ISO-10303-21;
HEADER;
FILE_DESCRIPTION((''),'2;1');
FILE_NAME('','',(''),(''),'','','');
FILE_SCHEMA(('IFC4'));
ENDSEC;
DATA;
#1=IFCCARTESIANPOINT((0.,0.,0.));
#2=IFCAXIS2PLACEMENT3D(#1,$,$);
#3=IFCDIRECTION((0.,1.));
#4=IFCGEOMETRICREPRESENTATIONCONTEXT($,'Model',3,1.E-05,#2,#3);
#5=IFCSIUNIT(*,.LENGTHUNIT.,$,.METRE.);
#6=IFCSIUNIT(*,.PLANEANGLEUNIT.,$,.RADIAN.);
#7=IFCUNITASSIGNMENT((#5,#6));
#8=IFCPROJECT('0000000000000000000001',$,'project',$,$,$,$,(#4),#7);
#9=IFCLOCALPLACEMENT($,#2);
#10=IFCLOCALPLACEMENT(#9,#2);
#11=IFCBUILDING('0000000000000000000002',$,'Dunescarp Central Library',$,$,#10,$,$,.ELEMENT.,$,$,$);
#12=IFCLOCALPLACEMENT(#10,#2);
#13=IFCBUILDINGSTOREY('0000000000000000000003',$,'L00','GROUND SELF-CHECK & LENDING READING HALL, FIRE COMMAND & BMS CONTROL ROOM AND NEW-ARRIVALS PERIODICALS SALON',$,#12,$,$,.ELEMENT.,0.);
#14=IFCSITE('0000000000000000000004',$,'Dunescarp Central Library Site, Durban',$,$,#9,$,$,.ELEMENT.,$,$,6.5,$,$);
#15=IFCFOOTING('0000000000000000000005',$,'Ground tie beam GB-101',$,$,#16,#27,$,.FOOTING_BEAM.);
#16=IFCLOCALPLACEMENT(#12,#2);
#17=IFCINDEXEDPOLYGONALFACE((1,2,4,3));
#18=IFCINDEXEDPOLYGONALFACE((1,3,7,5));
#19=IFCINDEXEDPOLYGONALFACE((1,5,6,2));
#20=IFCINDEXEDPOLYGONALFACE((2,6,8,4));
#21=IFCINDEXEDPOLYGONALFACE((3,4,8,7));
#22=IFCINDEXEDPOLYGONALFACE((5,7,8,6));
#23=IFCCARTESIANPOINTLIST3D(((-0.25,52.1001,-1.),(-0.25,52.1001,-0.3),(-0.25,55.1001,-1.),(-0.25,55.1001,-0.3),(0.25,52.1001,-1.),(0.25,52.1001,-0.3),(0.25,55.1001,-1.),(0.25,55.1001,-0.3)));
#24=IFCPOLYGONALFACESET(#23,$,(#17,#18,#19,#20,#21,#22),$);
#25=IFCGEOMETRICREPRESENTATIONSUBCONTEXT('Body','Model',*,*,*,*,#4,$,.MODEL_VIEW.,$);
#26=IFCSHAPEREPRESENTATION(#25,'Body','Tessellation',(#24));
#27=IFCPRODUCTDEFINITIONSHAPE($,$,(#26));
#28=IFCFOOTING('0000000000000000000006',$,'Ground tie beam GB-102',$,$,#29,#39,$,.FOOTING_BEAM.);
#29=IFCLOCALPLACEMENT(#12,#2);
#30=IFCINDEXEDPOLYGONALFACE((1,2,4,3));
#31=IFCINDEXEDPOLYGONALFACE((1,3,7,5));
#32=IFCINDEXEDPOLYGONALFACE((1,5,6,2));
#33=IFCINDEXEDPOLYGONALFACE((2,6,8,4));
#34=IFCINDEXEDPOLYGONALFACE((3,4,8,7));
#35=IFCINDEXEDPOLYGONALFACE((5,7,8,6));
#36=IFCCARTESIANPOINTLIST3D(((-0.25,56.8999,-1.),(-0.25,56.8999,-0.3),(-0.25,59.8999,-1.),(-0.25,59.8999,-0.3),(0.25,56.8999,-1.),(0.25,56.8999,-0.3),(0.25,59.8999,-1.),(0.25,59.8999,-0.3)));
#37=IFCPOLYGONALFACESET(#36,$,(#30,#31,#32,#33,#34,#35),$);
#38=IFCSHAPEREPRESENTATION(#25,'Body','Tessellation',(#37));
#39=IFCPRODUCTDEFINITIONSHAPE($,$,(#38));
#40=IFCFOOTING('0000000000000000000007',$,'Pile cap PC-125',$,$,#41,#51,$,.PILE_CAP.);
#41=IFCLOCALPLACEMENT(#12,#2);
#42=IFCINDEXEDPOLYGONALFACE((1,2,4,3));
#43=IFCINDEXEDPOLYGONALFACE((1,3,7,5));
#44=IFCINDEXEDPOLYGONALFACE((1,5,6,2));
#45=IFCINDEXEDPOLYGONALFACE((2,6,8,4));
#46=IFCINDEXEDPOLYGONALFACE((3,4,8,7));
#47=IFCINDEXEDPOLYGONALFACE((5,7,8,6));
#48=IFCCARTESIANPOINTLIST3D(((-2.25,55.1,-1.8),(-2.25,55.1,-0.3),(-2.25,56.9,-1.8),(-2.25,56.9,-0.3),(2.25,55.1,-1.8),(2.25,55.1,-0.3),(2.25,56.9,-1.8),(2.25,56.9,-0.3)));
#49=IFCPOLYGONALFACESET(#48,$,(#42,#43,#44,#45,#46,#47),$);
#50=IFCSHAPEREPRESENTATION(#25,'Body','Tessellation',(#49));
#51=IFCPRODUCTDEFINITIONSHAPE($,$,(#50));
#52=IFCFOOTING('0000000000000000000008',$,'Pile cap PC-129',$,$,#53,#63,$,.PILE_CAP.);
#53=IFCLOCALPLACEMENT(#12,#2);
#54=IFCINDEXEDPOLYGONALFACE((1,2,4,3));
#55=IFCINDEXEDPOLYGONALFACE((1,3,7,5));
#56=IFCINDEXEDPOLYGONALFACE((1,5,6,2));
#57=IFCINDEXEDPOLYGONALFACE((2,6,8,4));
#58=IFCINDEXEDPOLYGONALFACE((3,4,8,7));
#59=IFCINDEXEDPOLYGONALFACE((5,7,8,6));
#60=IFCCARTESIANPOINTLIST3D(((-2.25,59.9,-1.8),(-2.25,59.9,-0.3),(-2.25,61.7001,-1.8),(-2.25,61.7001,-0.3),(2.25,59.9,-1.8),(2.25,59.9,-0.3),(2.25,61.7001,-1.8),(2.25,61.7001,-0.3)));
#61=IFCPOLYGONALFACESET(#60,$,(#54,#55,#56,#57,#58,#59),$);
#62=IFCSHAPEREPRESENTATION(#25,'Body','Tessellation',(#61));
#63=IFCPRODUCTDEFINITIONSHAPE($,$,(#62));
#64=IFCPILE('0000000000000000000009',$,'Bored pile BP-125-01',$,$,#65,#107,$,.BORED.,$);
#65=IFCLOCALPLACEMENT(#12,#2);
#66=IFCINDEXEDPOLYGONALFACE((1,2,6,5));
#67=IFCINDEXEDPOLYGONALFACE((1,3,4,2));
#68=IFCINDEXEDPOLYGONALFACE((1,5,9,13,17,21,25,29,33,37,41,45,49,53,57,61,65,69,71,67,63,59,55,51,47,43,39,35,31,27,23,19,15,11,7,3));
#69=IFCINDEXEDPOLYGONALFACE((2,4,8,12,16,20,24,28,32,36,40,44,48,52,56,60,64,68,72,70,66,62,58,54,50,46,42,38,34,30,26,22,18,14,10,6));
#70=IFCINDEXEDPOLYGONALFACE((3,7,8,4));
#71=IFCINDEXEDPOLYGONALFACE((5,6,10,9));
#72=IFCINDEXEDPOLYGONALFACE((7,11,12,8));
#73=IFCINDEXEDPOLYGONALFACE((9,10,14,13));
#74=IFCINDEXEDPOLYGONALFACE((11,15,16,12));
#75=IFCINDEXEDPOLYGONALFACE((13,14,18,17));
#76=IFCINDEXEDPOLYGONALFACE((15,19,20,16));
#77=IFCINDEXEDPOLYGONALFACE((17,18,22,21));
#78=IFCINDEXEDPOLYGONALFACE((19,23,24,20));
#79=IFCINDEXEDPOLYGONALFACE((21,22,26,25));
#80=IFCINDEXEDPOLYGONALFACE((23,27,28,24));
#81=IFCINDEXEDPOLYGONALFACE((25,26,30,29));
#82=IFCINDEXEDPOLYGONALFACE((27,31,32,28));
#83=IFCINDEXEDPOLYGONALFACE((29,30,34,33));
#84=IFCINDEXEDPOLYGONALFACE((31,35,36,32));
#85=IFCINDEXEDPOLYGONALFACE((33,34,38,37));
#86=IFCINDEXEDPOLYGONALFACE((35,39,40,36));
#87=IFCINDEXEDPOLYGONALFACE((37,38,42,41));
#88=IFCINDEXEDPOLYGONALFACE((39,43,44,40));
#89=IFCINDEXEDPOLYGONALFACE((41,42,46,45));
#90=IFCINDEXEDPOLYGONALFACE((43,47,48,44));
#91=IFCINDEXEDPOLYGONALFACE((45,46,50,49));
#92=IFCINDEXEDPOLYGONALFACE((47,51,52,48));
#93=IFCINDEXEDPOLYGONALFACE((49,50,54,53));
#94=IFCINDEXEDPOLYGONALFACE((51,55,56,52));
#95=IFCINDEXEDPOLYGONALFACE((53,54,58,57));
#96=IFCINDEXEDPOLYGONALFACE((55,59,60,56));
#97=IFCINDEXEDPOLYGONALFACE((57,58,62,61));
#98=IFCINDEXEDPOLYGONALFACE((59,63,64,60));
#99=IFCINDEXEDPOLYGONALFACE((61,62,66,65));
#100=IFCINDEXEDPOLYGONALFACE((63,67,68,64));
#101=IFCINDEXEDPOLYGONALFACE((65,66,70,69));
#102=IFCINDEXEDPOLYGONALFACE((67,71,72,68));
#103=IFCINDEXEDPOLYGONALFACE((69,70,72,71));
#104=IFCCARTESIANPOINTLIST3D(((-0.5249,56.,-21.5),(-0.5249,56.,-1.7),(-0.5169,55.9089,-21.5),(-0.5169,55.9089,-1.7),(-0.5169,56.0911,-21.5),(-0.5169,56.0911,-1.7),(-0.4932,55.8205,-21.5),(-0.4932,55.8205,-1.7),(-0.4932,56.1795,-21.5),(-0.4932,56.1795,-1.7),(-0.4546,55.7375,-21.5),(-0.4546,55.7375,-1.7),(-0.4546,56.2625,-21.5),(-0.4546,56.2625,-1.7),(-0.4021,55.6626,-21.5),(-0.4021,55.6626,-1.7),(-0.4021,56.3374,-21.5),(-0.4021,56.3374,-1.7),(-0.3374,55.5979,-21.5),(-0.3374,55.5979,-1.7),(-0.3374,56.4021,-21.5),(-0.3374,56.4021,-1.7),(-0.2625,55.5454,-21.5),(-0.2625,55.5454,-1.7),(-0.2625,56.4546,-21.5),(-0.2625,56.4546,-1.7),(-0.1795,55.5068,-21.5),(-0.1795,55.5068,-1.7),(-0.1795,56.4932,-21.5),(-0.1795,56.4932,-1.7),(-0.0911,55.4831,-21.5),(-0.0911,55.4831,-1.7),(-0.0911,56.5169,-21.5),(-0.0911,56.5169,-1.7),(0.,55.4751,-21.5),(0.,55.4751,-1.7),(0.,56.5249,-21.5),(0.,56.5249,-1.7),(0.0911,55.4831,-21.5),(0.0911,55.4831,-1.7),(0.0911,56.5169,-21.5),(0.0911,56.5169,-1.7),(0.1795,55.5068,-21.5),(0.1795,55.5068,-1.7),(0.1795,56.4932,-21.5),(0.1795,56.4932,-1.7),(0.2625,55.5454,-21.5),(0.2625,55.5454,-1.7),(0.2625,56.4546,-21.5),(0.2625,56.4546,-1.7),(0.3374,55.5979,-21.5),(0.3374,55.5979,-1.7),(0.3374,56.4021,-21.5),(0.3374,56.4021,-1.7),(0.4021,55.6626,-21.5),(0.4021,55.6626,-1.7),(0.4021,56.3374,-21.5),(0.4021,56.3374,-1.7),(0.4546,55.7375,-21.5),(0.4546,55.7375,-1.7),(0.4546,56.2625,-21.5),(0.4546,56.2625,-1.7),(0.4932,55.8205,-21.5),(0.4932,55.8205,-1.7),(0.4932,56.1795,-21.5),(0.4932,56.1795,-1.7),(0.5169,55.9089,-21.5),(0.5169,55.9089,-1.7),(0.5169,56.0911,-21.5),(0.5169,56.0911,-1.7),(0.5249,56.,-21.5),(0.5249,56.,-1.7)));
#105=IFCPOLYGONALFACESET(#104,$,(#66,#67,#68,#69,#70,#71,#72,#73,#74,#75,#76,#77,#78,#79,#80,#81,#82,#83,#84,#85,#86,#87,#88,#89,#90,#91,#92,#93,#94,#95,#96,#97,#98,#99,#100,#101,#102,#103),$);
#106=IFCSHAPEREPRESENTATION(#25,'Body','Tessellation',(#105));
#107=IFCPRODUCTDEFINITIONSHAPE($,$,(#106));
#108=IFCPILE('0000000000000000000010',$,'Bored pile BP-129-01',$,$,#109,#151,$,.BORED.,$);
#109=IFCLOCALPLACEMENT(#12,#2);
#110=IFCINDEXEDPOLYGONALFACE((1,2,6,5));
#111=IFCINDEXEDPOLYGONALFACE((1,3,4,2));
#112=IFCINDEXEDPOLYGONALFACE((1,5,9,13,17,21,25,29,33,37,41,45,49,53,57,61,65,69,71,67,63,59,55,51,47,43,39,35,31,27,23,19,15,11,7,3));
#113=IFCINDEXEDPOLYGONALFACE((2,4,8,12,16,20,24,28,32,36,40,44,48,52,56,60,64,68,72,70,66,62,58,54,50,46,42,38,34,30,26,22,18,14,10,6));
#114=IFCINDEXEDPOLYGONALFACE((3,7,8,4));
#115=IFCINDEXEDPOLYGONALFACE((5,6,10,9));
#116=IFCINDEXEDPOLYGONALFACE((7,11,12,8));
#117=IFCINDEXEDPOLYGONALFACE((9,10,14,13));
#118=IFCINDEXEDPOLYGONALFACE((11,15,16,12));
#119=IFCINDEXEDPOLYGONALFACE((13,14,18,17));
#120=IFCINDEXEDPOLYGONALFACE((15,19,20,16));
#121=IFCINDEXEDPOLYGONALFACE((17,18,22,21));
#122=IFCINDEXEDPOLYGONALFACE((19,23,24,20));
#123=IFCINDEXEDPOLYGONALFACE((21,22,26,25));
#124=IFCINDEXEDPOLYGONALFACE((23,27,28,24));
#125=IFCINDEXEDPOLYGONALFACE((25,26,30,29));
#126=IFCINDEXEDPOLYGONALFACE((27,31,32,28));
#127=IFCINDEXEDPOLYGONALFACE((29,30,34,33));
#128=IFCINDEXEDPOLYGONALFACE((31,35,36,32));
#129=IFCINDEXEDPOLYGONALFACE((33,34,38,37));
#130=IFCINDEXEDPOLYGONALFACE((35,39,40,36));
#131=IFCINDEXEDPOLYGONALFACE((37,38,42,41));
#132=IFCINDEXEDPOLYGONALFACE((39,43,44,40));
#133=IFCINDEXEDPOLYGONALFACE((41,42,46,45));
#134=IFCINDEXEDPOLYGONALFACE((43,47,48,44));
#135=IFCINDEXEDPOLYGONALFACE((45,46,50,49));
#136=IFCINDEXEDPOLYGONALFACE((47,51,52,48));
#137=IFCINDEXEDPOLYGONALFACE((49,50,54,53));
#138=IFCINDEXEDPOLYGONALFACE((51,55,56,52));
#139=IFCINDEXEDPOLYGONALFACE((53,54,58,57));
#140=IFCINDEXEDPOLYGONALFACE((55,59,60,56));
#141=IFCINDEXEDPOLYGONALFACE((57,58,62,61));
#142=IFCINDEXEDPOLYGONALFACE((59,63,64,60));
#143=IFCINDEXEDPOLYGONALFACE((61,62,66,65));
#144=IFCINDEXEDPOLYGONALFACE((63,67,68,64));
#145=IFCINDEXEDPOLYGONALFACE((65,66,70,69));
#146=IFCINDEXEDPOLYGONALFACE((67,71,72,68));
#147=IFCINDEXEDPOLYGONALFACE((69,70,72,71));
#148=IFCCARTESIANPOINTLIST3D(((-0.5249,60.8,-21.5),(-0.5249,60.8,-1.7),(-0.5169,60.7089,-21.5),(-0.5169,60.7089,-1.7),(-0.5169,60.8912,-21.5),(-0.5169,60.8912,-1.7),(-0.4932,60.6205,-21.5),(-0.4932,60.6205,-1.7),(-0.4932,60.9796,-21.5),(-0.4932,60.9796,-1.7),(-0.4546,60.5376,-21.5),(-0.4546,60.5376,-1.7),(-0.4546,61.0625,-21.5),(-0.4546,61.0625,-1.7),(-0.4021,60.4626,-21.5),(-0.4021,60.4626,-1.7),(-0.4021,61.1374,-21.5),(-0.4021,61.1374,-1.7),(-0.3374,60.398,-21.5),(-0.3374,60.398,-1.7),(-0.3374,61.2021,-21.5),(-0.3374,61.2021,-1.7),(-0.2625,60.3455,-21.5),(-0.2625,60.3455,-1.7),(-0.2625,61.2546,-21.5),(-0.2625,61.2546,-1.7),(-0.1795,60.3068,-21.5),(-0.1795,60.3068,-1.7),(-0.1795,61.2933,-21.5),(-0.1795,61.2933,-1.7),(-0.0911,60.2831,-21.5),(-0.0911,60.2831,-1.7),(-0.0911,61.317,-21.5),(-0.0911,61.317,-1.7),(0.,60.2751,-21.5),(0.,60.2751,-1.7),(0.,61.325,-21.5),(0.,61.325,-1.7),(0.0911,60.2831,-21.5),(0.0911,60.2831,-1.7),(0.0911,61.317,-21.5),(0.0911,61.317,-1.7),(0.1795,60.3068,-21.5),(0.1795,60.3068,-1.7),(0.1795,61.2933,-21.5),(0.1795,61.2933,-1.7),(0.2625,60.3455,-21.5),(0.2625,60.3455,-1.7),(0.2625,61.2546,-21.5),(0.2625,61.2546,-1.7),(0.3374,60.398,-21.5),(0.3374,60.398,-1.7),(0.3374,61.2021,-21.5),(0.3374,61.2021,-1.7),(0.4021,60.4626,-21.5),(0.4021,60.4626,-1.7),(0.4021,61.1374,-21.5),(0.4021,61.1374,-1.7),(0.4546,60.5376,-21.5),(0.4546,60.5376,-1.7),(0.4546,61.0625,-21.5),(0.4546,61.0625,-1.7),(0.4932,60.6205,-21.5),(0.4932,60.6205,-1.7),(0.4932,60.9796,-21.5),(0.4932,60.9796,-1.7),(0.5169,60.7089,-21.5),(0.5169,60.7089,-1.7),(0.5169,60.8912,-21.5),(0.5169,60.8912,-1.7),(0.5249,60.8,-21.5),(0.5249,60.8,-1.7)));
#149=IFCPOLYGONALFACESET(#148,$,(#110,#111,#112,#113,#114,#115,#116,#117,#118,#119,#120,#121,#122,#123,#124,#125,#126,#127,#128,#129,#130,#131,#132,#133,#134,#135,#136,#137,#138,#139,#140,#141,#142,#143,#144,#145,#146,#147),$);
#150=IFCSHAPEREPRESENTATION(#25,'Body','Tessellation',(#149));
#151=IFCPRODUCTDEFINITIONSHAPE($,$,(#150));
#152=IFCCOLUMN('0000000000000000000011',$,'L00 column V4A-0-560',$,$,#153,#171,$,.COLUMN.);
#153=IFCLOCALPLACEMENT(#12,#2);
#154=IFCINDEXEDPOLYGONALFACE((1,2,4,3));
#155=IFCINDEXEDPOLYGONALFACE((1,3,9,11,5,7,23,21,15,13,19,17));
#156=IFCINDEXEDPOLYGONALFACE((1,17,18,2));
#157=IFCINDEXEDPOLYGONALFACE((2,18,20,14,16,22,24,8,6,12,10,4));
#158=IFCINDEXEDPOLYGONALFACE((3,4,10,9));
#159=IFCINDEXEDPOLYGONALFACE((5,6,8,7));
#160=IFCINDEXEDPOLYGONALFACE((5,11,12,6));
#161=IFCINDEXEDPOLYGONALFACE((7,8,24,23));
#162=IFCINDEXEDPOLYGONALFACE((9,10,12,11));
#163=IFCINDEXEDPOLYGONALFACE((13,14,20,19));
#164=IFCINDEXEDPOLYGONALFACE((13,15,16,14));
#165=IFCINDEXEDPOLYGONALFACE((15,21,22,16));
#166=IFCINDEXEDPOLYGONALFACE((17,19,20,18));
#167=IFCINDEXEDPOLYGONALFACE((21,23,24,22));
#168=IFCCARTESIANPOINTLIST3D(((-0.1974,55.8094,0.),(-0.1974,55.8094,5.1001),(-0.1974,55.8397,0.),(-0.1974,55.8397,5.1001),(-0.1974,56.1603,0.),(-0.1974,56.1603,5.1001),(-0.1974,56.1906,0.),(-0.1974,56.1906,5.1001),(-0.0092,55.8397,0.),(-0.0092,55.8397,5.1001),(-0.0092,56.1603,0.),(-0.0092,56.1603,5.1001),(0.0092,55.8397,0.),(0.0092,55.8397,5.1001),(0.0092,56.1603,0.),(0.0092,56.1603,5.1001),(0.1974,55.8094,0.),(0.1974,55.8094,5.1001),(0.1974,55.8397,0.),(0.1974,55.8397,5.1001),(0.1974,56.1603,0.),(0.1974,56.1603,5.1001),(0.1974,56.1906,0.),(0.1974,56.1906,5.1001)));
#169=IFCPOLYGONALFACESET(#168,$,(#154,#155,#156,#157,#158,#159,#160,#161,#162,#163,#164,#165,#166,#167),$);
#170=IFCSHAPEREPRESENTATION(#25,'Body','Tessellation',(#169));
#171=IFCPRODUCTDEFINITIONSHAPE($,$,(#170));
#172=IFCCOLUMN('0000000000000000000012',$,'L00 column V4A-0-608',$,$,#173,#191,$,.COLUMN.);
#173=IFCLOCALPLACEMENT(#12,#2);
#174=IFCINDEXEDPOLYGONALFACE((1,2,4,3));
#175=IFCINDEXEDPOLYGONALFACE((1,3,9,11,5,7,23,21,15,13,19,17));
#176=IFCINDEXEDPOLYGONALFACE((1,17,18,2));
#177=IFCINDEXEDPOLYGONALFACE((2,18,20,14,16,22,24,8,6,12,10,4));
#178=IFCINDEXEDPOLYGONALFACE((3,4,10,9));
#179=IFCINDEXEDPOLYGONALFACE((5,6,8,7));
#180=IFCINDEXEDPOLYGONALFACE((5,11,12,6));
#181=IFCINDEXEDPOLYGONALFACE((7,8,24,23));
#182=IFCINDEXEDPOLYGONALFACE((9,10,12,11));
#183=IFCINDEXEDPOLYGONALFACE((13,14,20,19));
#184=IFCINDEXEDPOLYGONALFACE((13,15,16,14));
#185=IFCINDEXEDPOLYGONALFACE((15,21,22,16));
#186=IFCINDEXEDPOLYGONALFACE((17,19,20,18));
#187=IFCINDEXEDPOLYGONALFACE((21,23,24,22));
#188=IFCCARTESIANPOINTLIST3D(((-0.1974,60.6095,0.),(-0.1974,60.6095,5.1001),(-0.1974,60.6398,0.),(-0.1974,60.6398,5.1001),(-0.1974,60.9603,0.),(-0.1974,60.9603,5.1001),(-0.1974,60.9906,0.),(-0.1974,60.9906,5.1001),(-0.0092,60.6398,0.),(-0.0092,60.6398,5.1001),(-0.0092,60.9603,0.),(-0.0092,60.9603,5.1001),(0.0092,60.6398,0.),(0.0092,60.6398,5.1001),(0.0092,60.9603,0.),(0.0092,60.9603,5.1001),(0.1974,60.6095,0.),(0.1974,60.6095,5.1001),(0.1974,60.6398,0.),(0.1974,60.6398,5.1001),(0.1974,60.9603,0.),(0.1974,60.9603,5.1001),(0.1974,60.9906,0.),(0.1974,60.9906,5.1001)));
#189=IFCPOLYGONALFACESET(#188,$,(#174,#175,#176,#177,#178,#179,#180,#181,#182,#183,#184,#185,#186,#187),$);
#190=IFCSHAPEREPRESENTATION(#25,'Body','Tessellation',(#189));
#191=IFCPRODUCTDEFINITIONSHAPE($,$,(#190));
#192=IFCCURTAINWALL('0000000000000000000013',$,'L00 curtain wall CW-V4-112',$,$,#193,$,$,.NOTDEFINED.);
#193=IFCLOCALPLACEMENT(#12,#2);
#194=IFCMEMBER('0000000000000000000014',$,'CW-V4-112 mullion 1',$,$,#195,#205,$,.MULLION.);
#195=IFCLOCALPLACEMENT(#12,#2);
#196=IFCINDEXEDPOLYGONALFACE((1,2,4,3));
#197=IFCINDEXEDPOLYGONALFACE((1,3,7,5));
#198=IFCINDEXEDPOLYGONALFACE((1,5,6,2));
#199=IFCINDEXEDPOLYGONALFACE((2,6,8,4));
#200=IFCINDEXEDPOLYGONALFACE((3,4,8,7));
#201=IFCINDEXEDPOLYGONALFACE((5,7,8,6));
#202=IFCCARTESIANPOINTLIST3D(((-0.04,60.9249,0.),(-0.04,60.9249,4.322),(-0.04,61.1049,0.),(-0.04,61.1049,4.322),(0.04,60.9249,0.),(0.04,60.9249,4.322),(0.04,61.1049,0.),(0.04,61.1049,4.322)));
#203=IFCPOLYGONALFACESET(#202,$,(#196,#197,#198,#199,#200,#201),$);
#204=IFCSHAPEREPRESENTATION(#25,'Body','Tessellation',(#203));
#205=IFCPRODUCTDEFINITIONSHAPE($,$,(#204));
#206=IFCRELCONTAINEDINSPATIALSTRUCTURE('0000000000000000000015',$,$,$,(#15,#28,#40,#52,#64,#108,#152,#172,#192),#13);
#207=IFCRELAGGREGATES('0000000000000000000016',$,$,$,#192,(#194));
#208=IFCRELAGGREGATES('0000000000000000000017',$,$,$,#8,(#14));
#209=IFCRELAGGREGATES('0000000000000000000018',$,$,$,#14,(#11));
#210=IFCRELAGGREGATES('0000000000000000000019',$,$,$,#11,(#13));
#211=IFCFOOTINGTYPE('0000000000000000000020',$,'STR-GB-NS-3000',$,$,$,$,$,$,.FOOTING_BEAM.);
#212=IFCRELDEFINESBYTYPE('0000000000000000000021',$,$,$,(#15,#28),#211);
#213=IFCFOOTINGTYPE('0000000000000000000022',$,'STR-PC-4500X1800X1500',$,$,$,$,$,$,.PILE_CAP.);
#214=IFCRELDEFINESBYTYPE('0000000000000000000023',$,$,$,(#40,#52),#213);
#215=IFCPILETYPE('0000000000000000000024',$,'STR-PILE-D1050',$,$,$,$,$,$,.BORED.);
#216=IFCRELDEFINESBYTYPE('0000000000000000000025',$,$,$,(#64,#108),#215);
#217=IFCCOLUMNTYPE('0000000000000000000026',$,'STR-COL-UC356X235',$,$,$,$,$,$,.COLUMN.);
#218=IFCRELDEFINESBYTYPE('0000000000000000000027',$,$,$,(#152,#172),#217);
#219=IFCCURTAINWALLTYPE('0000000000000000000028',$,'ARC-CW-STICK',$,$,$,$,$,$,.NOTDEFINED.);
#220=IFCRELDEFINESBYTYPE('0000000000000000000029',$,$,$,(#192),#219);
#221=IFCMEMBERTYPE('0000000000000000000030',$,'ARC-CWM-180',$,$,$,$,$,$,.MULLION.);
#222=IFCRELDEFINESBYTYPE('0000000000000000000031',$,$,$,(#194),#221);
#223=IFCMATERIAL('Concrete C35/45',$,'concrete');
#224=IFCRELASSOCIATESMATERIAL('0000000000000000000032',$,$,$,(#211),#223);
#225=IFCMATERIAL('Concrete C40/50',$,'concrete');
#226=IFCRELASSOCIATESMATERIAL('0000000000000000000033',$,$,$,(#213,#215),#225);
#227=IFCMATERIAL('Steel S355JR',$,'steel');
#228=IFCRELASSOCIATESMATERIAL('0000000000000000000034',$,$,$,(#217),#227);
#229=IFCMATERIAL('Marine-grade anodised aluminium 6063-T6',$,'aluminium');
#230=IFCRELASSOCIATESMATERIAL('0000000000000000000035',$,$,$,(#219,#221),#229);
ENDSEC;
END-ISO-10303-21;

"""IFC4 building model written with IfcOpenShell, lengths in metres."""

from ifc_helpers import new_model, si_unit, direction, frame, origin, origin_2d, place, context, subcontext, project, spatial, rectangle, circle, i_section, extrude, material, material_profile, profile_set, type_object, element, aggregate, save


model = new_model("IFC4")

# Units and contexts
model_context = context("Model", 3, precision=1e-05, world=origin(), true_north=direction((0.0, 1.0)))
body_context = subcontext(model_context, "Body", "Model", "MODEL_VIEW")
ifc_project = project(units=[si_unit("LENGTHUNIT", "METRE"), si_unit("PLANEANGLEUNIT", "RADIAN")], contexts=[model_context])

# Site, building, storey
site_placement = place(None, origin())
site = spatial("IfcSite", under=ifc_project, at=site_placement, Name="Dunescarp Central Library Site, Durban", CompositionType="ELEMENT", RefElevation=6.5)
building_placement = place(site_placement, origin())
building = spatial("IfcBuilding", under=site, at=building_placement, Name="Dunescarp Central Library", CompositionType="ELEMENT")
storey_placement = place(building_placement, origin())
storey = spatial("IfcBuildingStorey", under=building, at=storey_placement, Name="L00", Description="GROUND SELF-CHECK & LENDING READING HALL, FIRE COMMAND & BMS CONTROL ROOM AND NEW-ARRIVALS PERIODICALS SALON", CompositionType="ELEMENT", Elevation=0.0)

# Footings
ifc_material_1 = material(Name="Concrete C35/45", Category="concrete")
footing_type_1 = type_object("IfcFootingType", Name="STR-GB-NS-3000", PredefinedType="FOOTING_BEAM", material=ifc_material_1)
for number, where, z_axis, x_axis, name in (
    (1, (0.0, 53.6001, -1.0), (0.0, 0.0, 1.0), (0.0, 1.0, 0.0), "Ground tie beam GB-101"),
    (2, (0.0, 58.3999, -1.0), (0.0, 0.0, 1.0), (0.0, 1.0, 0.0), "Ground tie beam GB-102"),
):
    element("IfcFooting", number, at=place(storey_placement, frame(where, z_axis=z_axis, x_axis=x_axis)), inside=storey, type_object=footing_type_1, Name=name, PredefinedType="FOOTING_BEAM", context=body_context, shape_type="SweptSolid", body=[
        extrude(rectangle(XDim=3.0, YDim=0.5, at=origin_2d()), origin(), (0.0, 0.0, 1.0), 0.7),
    ])
ifc_material_2 = material(Name="Concrete C40/50", Category="concrete")
footing_type_2 = type_object("IfcFootingType", Name="STR-PC-4500X1800X1500", PredefinedType="PILE_CAP", material=ifc_material_2)
for number, where, z_axis, x_axis, name in (
    (3, (0.0, 56.0, -1.8), (0.0, 0.0, 1.0), (1.0, 0.0, 0.0), "Pile cap PC-125"),
    (4, (0.0, 60.8, -1.8), (0.0, 0.0, 1.0), (1.0, 0.0, 0.0), "Pile cap PC-129"),
):
    element("IfcFooting", number, at=place(storey_placement, frame(where, z_axis=z_axis, x_axis=x_axis)), inside=storey, type_object=footing_type_2, Name=name, PredefinedType="PILE_CAP", context=body_context, shape_type="SweptSolid", body=[
        extrude(rectangle(XDim=4.5, YDim=1.8, at=origin_2d()), origin(), (0.0, 0.0, 1.0), 1.5),
    ])

# Piles
ifc_material_profile_1 = material_profile(ifc_material_2, circle(Radius=0.5249, at=origin_2d()), Name="PILE D1050")
ifc_profile_set_1 = profile_set([ifc_material_profile_1], Name="Concrete C40/50")
pile_type = type_object("IfcPileType", Name="STR-PILE-D1050", PredefinedType="BORED", material=ifc_profile_set_1)
for number, where, z_axis, x_axis, name in (
    (5, (0.0, 56.0, -1.7), (0.0, 0.0, -1.0), (1.0, 0.0, 0.0), "Bored pile BP-125-01"),
    (6, (0.0, 60.8, -1.7), (0.0, 0.0, -1.0), (1.0, 0.0, 0.0), "Bored pile BP-129-01"),
):
    element("IfcPile", number, at=place(storey_placement, frame(where, z_axis=z_axis, x_axis=x_axis)), inside=storey, type_object=pile_type, Name=name, PredefinedType="BORED", context=body_context, shape_type="SweptSolid", body=[
        extrude(circle(Radius=0.5249, at=origin_2d()), origin(), (0.0, 0.0, 1.0), 19.8),
    ])

# Columns
ifc_material_3 = material(Name="Steel S355JR", Category="steel")
ifc_material_profile_2 = material_profile(ifc_material_3, i_section(OverallWidth=0.3948, OverallDepth=0.3811, WebThickness=0.0183, FlangeThickness=0.0303, at=origin_2d()), Name="UC 356x406x235")
ifc_profile_set_2 = profile_set([ifc_material_profile_2], Name="Steel S355JR")
column_type = type_object("IfcColumnType", Name="STR-COL-UC356X235", PredefinedType="COLUMN", material=ifc_profile_set_2)
for number, where, z_axis, x_axis, name in (
    (7, (0.0, 56.0, 0.0), (0.0, 0.0, 1.0), (1.0, 0.0, 0.0), "L00 column V4A-0-560"),
    (8, (0.0, 60.8, 0.0), (0.0, 0.0, 1.0), (1.0, 0.0, 0.0), "L00 column V4A-0-608"),
):
    element("IfcColumn", number, at=place(storey_placement, frame(where, z_axis=z_axis, x_axis=x_axis)), inside=storey, type_object=column_type, Name=name, PredefinedType="COLUMN", context=body_context, shape_type="SweptSolid", body=[
        extrude(i_section(OverallWidth=0.3948, OverallDepth=0.3811, WebThickness=0.0183, FlangeThickness=0.0303, at=origin_2d()), origin(), (0.0, 0.0, 1.0), 5.1001),
    ])

# Curtain wall, member
ifc_material_4 = material(Name="Marine-grade anodised aluminium 6063-T6", Category="aluminium")
curtain_wall_type = type_object("IfcCurtainWallType", Name="ARC-CW-STICK", PredefinedType="NOTDEFINED", material=ifc_material_4)
curtain_wall_placement = place(storey_placement, origin())
curtain_wall = element("IfcCurtainWall", 9, at=curtain_wall_placement, inside=storey, type_object=curtain_wall_type, Name="L00 curtain wall CW-V4-112", PredefinedType="NOTDEFINED")
ifc_material_profile_3 = material_profile(ifc_material_4, rectangle(XDim=0.0801, YDim=0.1799, at=origin_2d()), Name="AL 80x180")
ifc_profile_set_3 = profile_set([ifc_material_profile_3], Name="Marine-grade anodised aluminium 6063-T6")
member_type_1 = type_object("IfcMemberType", Name="ARC-CWM-180", PredefinedType="MULLION", material=ifc_profile_set_3)
member_1_placement = place(storey_placement, frame((0.0, 61.0149, 0.0), z_axis=(0.0, 0.0, 1.0), x_axis=(-1.0, 0.0, 0.0)))
member_1 = element("IfcMember", 10, at=member_1_placement, type_object=member_type_1, Name="CW-V4-112 mullion 1", PredefinedType="MULLION", context=body_context, shape_type="SweptSolid", body=[
    extrude(rectangle(XDim=0.0801, YDim=0.1799, at=origin_2d()), origin(), (0.0, 0.0, 1.0), 4.322),
])

aggregate(curtain_wall, [member_1])

save(model, "model.ifc")
